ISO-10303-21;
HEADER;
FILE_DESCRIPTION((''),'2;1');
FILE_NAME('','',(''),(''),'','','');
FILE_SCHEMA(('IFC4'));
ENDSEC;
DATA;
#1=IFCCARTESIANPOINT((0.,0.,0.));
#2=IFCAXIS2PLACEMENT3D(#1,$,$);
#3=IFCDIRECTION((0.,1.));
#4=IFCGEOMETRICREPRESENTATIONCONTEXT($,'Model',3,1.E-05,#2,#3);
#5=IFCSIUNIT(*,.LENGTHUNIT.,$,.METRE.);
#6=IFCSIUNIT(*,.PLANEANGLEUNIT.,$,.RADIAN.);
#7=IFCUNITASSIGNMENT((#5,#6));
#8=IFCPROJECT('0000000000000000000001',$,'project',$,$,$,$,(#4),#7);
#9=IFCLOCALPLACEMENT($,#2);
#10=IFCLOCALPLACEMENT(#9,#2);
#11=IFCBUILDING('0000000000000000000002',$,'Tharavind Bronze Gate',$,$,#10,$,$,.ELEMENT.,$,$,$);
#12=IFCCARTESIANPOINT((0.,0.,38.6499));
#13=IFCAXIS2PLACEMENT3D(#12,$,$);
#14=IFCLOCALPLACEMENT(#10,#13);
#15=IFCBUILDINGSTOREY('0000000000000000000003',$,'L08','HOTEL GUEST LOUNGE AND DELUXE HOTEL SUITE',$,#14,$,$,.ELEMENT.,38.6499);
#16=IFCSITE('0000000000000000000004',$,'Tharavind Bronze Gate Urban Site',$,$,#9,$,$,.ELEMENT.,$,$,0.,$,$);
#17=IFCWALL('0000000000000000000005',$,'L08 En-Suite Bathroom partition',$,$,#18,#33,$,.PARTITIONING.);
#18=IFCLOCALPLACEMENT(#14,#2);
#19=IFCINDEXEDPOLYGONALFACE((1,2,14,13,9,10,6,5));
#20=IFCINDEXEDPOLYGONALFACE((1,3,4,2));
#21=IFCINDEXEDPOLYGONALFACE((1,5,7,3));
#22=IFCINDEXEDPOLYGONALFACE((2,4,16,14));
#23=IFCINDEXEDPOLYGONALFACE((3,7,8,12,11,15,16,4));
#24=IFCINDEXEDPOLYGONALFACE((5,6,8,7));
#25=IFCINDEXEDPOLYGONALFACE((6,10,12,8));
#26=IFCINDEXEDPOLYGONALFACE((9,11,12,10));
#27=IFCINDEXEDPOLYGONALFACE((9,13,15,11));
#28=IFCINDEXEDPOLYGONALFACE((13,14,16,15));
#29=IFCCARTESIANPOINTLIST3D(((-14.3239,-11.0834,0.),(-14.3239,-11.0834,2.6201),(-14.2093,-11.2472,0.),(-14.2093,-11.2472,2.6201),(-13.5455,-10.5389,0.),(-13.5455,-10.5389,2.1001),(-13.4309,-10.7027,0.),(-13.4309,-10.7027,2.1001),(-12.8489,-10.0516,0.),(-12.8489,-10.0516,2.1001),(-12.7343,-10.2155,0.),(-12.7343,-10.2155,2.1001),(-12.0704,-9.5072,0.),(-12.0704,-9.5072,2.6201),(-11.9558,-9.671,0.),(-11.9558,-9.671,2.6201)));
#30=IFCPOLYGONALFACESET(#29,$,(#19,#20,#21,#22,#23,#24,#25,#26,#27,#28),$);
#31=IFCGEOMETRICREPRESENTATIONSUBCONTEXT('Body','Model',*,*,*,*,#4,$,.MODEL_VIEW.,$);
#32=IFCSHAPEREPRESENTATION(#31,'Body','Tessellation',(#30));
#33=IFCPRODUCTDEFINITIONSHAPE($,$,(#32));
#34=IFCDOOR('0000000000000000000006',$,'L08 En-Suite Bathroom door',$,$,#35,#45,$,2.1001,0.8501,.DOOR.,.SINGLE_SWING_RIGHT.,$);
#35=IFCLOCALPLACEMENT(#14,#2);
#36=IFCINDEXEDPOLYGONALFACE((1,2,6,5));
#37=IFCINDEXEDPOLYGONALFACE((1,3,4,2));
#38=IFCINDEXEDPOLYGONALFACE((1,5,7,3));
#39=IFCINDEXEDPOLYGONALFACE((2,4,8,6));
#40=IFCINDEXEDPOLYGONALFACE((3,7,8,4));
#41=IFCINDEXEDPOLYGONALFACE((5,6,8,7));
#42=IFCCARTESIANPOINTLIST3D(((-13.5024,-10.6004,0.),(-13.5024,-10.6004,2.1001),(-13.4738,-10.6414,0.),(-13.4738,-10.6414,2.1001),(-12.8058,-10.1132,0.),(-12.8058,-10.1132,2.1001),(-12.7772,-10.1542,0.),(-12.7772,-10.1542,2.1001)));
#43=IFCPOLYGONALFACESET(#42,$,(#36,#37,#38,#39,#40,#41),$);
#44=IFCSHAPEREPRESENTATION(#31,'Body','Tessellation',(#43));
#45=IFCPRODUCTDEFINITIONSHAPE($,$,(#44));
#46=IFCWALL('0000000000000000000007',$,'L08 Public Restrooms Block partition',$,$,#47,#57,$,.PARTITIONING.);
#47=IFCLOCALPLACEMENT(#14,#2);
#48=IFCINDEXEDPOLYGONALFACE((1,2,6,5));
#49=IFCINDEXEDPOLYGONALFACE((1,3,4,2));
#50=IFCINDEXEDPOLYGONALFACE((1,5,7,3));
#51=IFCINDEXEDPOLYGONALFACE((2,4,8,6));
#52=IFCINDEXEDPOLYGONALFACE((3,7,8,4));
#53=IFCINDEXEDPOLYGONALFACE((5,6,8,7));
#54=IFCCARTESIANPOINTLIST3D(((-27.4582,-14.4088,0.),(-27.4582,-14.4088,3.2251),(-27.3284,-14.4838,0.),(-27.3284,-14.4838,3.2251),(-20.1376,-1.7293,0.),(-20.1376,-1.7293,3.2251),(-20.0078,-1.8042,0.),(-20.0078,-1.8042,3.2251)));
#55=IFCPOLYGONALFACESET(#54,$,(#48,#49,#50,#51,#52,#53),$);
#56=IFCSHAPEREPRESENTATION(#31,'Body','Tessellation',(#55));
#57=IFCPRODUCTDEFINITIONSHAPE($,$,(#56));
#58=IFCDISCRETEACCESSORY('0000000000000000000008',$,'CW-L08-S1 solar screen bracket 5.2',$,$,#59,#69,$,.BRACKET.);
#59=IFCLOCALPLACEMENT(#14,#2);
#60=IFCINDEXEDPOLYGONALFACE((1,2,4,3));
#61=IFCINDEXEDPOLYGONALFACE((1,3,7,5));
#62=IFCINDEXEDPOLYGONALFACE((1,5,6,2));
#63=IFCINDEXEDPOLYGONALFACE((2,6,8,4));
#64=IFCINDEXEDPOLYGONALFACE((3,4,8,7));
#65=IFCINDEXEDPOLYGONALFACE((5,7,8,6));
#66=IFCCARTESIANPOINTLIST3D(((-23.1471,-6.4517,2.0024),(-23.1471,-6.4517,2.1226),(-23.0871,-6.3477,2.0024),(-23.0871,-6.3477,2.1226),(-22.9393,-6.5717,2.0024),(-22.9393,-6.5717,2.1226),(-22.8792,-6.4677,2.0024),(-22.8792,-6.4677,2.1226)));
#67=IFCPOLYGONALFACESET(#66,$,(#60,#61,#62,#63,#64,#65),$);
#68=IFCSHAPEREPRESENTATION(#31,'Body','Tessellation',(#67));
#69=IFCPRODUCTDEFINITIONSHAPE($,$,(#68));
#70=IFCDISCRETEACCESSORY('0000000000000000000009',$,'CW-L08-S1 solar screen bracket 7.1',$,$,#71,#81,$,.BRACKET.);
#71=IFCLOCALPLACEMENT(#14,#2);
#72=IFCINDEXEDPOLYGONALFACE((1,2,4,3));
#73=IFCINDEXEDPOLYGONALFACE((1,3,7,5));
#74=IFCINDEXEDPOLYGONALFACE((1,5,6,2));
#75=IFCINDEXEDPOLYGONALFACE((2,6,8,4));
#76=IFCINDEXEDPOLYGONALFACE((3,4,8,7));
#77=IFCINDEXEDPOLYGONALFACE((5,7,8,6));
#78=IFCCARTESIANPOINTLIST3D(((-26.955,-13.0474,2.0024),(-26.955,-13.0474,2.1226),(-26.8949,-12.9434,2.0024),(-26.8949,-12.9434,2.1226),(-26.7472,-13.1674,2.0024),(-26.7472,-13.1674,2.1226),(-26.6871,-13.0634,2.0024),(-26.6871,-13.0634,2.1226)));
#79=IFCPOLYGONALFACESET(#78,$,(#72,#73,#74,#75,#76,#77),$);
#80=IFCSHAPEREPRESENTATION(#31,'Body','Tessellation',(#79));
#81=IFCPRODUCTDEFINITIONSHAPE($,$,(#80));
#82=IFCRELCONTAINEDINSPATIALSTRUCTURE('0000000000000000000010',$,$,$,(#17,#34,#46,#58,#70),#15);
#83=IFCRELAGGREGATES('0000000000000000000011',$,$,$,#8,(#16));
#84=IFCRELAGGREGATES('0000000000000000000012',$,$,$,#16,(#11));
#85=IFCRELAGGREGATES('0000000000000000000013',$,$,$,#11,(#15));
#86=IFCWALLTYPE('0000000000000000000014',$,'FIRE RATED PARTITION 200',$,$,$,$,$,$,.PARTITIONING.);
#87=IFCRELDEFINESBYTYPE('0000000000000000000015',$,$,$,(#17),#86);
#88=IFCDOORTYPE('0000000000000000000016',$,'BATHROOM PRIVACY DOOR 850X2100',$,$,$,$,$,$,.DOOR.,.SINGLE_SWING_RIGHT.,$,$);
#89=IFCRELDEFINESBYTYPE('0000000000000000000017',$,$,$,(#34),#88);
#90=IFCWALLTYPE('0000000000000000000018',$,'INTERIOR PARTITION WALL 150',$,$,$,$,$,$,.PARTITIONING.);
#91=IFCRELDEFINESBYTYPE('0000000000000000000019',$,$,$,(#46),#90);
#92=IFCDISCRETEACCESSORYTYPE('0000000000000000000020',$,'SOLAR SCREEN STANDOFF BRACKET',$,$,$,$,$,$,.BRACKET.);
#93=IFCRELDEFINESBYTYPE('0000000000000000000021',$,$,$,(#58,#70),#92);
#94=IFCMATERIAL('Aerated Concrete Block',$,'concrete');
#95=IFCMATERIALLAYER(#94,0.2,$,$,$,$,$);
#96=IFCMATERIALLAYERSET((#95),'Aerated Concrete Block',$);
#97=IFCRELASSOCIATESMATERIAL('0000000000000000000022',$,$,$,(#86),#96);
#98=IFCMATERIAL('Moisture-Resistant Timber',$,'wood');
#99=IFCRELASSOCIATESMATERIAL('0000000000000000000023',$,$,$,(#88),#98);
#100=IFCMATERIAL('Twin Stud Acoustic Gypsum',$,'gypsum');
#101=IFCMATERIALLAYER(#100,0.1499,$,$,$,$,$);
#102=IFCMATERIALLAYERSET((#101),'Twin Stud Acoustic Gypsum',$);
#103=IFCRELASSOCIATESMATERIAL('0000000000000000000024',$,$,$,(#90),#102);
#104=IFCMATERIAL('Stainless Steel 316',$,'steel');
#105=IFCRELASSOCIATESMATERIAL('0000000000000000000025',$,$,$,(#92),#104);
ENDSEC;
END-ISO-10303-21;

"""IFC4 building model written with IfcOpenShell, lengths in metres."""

from ifc_helpers import new_model, si_unit, direction, frame, frame_2d, origin, origin_2d, place, context, subcontext, project, spatial, rectangle, extrude, material, layer, layer_set, type_object, element, fill, save


model = new_model("IFC4")

# Units and contexts
model_context = context("Model", 3, precision=1e-05, world=origin(), true_north=direction((0.0, 1.0)))
body_context = subcontext(model_context, "Body", "Model", "MODEL_VIEW")
ifc_project = project(units=[si_unit("LENGTHUNIT", "METRE"), si_unit("PLANEANGLEUNIT", "RADIAN")], contexts=[model_context])

# Site, building, storey
site_placement = place(None, origin())
site = spatial("IfcSite", under=ifc_project, at=site_placement, Name="Tharavind Bronze Gate Urban Site", CompositionType="ELEMENT", RefElevation=0.0)
building_placement = place(site_placement, origin())
building = spatial("IfcBuilding", under=site, at=building_placement, Name="Tharavind Bronze Gate", CompositionType="ELEMENT")
storey_placement = place(building_placement, frame((0.0, 0.0, 38.6499)))
storey = spatial("IfcBuildingStorey", under=building, at=storey_placement, Name="L08", Description="HOTEL GUEST LOUNGE AND DELUXE HOTEL SUITE", CompositionType="ELEMENT", Elevation=38.6499)

# Wall, opening, door
ifc_material_1 = material(Name="Aerated Concrete Block", Category="concrete")
ifc_layer_1 = layer(ifc_material_1, 0.2)
ifc_layer_set_1 = layer_set([ifc_layer_1], Name="Aerated Concrete Block")
wall_type_1 = type_object("IfcWallType", Name="FIRE RATED PARTITION 200", PredefinedType="PARTITIONING", material=ifc_layer_set_1)
wall_1_placement = place(storey_placement, frame((-14.2666, -11.1653, 0.0), z_axis=(0.0, 0.0, 1.0), x_axis=(0.81944, 0.573164, 0.0)))
wall_1 = element("IfcWall", 1, at=wall_1_placement, inside=storey, type_object=wall_type_1, Name="L08 En-Suite Bathroom partition", PredefinedType="PARTITIONING", context=body_context, shape_type="SweptSolid", body=[
    extrude(rectangle(XDim=2.75, YDim=0.2, at=frame_2d((1.375, 0.0))), origin(), (0.0, 0.0, 1.0), 2.6201),
])
opening_placement = place(wall_1_placement, frame((0.95, 0.0, 0.0)))
opening = element("IfcOpeningElement", 2, at=opening_placement, cuts=wall_1, PredefinedType="OPENING", context=body_context, shape_type="SweptSolid", body=[
    extrude(rectangle(XDim=0.8501, YDim=2.1001, at=frame_2d((0.425, 1.05))), frame((0.0, 0.1101, 0.0), z_axis=(0.0, -1.0, 0.0), x_axis=(1.0, 0.0, 0.0)), (0.0, 0.0, 1.0), 0.22),
])
ifc_material_2 = material(Name="Moisture-Resistant Timber", Category="wood")
door_type = type_object("IfcDoorType", Name="BATHROOM PRIVACY DOOR 850X2100", OperationType="SINGLE_SWING_RIGHT", PredefinedType="DOOR", material=ifc_material_2)
door_placement = place(opening_placement, origin())
door = element("IfcDoor", 3, at=door_placement, inside=storey, type_object=door_type, Name="L08 En-Suite Bathroom door", OperationType="SINGLE_SWING_RIGHT", OverallHeight=2.1001, OverallWidth=0.8501, PredefinedType="DOOR", context=body_context, shape_type="SweptSolid", body=[
    extrude(rectangle(XDim=0.8501, YDim=2.1001, at=frame_2d((0.425, 1.05))), frame((0.0, 0.0249, 0.0), z_axis=(0.0, -1.0, 0.0), x_axis=(1.0, 0.0, 0.0)), (0.0, 0.0, 1.0), 0.05),
])
fill(opening, door)

# Wall
ifc_material_3 = material(Name="Twin Stud Acoustic Gypsum", Category="gypsum")
ifc_layer_2 = layer(ifc_material_3, 0.1499)
ifc_layer_set_2 = layer_set([ifc_layer_2], Name="Twin Stud Acoustic Gypsum")
wall_type_2 = type_object("IfcWallType", Name="INTERIOR PARTITION WALL 150", PredefinedType="PARTITIONING", material=ifc_layer_set_2)
wall_2_placement = place(storey_placement, frame((-27.3933, -14.4463, 0.0), z_axis=(0.0, 0.0, 1.0), x_axis=(0.500004, 0.866023, 0.0)))
element("IfcWall", 4, at=wall_2_placement, inside=storey, type_object=wall_type_2, Name="L08 Public Restrooms Block partition", PredefinedType="PARTITIONING", context=body_context, shape_type="SweptSolid", body=[
    extrude(rectangle(XDim=14.6411, YDim=0.1499, at=frame_2d((7.3206, 0.0))), origin(), (0.0, 0.0, 1.0), 3.2251),
])

# Discrete accessories
ifc_material_4 = material(Name="Stainless Steel 316", Category="steel")
discrete_accessory_type = type_object("IfcDiscreteAccessoryType", Name="SOLAR SCREEN STANDOFF BRACKET", PredefinedType="BRACKET", material=ifc_material_4)
for number, where, z_axis, x_axis, name in (
    (5, (-23.0132, -6.4597, 2.0024), (0.0, 0.0, 1.0), (-0.500002, -0.866025, 0.0), "CW-L08-S1 solar screen bracket 5.2"),
    (6, (-26.821, -13.0554, 2.0024), (0.0, 0.0, 1.0), (-0.500002, -0.866025, 0.0), "CW-L08-S1 solar screen bracket 7.1"),
):
    element("IfcDiscreteAccessory", number, at=place(storey_placement, frame(where, z_axis=z_axis, x_axis=x_axis)), inside=storey, type_object=discrete_accessory_type, Name=name, PredefinedType="BRACKET", context=body_context, shape_type="SweptSolid", body=[
        extrude(rectangle(XDim=0.1201, YDim=0.24, at=origin_2d()), origin(), (0.0, 0.0, 1.0), 0.1201),
    ])

save(model, "model.ifc")
